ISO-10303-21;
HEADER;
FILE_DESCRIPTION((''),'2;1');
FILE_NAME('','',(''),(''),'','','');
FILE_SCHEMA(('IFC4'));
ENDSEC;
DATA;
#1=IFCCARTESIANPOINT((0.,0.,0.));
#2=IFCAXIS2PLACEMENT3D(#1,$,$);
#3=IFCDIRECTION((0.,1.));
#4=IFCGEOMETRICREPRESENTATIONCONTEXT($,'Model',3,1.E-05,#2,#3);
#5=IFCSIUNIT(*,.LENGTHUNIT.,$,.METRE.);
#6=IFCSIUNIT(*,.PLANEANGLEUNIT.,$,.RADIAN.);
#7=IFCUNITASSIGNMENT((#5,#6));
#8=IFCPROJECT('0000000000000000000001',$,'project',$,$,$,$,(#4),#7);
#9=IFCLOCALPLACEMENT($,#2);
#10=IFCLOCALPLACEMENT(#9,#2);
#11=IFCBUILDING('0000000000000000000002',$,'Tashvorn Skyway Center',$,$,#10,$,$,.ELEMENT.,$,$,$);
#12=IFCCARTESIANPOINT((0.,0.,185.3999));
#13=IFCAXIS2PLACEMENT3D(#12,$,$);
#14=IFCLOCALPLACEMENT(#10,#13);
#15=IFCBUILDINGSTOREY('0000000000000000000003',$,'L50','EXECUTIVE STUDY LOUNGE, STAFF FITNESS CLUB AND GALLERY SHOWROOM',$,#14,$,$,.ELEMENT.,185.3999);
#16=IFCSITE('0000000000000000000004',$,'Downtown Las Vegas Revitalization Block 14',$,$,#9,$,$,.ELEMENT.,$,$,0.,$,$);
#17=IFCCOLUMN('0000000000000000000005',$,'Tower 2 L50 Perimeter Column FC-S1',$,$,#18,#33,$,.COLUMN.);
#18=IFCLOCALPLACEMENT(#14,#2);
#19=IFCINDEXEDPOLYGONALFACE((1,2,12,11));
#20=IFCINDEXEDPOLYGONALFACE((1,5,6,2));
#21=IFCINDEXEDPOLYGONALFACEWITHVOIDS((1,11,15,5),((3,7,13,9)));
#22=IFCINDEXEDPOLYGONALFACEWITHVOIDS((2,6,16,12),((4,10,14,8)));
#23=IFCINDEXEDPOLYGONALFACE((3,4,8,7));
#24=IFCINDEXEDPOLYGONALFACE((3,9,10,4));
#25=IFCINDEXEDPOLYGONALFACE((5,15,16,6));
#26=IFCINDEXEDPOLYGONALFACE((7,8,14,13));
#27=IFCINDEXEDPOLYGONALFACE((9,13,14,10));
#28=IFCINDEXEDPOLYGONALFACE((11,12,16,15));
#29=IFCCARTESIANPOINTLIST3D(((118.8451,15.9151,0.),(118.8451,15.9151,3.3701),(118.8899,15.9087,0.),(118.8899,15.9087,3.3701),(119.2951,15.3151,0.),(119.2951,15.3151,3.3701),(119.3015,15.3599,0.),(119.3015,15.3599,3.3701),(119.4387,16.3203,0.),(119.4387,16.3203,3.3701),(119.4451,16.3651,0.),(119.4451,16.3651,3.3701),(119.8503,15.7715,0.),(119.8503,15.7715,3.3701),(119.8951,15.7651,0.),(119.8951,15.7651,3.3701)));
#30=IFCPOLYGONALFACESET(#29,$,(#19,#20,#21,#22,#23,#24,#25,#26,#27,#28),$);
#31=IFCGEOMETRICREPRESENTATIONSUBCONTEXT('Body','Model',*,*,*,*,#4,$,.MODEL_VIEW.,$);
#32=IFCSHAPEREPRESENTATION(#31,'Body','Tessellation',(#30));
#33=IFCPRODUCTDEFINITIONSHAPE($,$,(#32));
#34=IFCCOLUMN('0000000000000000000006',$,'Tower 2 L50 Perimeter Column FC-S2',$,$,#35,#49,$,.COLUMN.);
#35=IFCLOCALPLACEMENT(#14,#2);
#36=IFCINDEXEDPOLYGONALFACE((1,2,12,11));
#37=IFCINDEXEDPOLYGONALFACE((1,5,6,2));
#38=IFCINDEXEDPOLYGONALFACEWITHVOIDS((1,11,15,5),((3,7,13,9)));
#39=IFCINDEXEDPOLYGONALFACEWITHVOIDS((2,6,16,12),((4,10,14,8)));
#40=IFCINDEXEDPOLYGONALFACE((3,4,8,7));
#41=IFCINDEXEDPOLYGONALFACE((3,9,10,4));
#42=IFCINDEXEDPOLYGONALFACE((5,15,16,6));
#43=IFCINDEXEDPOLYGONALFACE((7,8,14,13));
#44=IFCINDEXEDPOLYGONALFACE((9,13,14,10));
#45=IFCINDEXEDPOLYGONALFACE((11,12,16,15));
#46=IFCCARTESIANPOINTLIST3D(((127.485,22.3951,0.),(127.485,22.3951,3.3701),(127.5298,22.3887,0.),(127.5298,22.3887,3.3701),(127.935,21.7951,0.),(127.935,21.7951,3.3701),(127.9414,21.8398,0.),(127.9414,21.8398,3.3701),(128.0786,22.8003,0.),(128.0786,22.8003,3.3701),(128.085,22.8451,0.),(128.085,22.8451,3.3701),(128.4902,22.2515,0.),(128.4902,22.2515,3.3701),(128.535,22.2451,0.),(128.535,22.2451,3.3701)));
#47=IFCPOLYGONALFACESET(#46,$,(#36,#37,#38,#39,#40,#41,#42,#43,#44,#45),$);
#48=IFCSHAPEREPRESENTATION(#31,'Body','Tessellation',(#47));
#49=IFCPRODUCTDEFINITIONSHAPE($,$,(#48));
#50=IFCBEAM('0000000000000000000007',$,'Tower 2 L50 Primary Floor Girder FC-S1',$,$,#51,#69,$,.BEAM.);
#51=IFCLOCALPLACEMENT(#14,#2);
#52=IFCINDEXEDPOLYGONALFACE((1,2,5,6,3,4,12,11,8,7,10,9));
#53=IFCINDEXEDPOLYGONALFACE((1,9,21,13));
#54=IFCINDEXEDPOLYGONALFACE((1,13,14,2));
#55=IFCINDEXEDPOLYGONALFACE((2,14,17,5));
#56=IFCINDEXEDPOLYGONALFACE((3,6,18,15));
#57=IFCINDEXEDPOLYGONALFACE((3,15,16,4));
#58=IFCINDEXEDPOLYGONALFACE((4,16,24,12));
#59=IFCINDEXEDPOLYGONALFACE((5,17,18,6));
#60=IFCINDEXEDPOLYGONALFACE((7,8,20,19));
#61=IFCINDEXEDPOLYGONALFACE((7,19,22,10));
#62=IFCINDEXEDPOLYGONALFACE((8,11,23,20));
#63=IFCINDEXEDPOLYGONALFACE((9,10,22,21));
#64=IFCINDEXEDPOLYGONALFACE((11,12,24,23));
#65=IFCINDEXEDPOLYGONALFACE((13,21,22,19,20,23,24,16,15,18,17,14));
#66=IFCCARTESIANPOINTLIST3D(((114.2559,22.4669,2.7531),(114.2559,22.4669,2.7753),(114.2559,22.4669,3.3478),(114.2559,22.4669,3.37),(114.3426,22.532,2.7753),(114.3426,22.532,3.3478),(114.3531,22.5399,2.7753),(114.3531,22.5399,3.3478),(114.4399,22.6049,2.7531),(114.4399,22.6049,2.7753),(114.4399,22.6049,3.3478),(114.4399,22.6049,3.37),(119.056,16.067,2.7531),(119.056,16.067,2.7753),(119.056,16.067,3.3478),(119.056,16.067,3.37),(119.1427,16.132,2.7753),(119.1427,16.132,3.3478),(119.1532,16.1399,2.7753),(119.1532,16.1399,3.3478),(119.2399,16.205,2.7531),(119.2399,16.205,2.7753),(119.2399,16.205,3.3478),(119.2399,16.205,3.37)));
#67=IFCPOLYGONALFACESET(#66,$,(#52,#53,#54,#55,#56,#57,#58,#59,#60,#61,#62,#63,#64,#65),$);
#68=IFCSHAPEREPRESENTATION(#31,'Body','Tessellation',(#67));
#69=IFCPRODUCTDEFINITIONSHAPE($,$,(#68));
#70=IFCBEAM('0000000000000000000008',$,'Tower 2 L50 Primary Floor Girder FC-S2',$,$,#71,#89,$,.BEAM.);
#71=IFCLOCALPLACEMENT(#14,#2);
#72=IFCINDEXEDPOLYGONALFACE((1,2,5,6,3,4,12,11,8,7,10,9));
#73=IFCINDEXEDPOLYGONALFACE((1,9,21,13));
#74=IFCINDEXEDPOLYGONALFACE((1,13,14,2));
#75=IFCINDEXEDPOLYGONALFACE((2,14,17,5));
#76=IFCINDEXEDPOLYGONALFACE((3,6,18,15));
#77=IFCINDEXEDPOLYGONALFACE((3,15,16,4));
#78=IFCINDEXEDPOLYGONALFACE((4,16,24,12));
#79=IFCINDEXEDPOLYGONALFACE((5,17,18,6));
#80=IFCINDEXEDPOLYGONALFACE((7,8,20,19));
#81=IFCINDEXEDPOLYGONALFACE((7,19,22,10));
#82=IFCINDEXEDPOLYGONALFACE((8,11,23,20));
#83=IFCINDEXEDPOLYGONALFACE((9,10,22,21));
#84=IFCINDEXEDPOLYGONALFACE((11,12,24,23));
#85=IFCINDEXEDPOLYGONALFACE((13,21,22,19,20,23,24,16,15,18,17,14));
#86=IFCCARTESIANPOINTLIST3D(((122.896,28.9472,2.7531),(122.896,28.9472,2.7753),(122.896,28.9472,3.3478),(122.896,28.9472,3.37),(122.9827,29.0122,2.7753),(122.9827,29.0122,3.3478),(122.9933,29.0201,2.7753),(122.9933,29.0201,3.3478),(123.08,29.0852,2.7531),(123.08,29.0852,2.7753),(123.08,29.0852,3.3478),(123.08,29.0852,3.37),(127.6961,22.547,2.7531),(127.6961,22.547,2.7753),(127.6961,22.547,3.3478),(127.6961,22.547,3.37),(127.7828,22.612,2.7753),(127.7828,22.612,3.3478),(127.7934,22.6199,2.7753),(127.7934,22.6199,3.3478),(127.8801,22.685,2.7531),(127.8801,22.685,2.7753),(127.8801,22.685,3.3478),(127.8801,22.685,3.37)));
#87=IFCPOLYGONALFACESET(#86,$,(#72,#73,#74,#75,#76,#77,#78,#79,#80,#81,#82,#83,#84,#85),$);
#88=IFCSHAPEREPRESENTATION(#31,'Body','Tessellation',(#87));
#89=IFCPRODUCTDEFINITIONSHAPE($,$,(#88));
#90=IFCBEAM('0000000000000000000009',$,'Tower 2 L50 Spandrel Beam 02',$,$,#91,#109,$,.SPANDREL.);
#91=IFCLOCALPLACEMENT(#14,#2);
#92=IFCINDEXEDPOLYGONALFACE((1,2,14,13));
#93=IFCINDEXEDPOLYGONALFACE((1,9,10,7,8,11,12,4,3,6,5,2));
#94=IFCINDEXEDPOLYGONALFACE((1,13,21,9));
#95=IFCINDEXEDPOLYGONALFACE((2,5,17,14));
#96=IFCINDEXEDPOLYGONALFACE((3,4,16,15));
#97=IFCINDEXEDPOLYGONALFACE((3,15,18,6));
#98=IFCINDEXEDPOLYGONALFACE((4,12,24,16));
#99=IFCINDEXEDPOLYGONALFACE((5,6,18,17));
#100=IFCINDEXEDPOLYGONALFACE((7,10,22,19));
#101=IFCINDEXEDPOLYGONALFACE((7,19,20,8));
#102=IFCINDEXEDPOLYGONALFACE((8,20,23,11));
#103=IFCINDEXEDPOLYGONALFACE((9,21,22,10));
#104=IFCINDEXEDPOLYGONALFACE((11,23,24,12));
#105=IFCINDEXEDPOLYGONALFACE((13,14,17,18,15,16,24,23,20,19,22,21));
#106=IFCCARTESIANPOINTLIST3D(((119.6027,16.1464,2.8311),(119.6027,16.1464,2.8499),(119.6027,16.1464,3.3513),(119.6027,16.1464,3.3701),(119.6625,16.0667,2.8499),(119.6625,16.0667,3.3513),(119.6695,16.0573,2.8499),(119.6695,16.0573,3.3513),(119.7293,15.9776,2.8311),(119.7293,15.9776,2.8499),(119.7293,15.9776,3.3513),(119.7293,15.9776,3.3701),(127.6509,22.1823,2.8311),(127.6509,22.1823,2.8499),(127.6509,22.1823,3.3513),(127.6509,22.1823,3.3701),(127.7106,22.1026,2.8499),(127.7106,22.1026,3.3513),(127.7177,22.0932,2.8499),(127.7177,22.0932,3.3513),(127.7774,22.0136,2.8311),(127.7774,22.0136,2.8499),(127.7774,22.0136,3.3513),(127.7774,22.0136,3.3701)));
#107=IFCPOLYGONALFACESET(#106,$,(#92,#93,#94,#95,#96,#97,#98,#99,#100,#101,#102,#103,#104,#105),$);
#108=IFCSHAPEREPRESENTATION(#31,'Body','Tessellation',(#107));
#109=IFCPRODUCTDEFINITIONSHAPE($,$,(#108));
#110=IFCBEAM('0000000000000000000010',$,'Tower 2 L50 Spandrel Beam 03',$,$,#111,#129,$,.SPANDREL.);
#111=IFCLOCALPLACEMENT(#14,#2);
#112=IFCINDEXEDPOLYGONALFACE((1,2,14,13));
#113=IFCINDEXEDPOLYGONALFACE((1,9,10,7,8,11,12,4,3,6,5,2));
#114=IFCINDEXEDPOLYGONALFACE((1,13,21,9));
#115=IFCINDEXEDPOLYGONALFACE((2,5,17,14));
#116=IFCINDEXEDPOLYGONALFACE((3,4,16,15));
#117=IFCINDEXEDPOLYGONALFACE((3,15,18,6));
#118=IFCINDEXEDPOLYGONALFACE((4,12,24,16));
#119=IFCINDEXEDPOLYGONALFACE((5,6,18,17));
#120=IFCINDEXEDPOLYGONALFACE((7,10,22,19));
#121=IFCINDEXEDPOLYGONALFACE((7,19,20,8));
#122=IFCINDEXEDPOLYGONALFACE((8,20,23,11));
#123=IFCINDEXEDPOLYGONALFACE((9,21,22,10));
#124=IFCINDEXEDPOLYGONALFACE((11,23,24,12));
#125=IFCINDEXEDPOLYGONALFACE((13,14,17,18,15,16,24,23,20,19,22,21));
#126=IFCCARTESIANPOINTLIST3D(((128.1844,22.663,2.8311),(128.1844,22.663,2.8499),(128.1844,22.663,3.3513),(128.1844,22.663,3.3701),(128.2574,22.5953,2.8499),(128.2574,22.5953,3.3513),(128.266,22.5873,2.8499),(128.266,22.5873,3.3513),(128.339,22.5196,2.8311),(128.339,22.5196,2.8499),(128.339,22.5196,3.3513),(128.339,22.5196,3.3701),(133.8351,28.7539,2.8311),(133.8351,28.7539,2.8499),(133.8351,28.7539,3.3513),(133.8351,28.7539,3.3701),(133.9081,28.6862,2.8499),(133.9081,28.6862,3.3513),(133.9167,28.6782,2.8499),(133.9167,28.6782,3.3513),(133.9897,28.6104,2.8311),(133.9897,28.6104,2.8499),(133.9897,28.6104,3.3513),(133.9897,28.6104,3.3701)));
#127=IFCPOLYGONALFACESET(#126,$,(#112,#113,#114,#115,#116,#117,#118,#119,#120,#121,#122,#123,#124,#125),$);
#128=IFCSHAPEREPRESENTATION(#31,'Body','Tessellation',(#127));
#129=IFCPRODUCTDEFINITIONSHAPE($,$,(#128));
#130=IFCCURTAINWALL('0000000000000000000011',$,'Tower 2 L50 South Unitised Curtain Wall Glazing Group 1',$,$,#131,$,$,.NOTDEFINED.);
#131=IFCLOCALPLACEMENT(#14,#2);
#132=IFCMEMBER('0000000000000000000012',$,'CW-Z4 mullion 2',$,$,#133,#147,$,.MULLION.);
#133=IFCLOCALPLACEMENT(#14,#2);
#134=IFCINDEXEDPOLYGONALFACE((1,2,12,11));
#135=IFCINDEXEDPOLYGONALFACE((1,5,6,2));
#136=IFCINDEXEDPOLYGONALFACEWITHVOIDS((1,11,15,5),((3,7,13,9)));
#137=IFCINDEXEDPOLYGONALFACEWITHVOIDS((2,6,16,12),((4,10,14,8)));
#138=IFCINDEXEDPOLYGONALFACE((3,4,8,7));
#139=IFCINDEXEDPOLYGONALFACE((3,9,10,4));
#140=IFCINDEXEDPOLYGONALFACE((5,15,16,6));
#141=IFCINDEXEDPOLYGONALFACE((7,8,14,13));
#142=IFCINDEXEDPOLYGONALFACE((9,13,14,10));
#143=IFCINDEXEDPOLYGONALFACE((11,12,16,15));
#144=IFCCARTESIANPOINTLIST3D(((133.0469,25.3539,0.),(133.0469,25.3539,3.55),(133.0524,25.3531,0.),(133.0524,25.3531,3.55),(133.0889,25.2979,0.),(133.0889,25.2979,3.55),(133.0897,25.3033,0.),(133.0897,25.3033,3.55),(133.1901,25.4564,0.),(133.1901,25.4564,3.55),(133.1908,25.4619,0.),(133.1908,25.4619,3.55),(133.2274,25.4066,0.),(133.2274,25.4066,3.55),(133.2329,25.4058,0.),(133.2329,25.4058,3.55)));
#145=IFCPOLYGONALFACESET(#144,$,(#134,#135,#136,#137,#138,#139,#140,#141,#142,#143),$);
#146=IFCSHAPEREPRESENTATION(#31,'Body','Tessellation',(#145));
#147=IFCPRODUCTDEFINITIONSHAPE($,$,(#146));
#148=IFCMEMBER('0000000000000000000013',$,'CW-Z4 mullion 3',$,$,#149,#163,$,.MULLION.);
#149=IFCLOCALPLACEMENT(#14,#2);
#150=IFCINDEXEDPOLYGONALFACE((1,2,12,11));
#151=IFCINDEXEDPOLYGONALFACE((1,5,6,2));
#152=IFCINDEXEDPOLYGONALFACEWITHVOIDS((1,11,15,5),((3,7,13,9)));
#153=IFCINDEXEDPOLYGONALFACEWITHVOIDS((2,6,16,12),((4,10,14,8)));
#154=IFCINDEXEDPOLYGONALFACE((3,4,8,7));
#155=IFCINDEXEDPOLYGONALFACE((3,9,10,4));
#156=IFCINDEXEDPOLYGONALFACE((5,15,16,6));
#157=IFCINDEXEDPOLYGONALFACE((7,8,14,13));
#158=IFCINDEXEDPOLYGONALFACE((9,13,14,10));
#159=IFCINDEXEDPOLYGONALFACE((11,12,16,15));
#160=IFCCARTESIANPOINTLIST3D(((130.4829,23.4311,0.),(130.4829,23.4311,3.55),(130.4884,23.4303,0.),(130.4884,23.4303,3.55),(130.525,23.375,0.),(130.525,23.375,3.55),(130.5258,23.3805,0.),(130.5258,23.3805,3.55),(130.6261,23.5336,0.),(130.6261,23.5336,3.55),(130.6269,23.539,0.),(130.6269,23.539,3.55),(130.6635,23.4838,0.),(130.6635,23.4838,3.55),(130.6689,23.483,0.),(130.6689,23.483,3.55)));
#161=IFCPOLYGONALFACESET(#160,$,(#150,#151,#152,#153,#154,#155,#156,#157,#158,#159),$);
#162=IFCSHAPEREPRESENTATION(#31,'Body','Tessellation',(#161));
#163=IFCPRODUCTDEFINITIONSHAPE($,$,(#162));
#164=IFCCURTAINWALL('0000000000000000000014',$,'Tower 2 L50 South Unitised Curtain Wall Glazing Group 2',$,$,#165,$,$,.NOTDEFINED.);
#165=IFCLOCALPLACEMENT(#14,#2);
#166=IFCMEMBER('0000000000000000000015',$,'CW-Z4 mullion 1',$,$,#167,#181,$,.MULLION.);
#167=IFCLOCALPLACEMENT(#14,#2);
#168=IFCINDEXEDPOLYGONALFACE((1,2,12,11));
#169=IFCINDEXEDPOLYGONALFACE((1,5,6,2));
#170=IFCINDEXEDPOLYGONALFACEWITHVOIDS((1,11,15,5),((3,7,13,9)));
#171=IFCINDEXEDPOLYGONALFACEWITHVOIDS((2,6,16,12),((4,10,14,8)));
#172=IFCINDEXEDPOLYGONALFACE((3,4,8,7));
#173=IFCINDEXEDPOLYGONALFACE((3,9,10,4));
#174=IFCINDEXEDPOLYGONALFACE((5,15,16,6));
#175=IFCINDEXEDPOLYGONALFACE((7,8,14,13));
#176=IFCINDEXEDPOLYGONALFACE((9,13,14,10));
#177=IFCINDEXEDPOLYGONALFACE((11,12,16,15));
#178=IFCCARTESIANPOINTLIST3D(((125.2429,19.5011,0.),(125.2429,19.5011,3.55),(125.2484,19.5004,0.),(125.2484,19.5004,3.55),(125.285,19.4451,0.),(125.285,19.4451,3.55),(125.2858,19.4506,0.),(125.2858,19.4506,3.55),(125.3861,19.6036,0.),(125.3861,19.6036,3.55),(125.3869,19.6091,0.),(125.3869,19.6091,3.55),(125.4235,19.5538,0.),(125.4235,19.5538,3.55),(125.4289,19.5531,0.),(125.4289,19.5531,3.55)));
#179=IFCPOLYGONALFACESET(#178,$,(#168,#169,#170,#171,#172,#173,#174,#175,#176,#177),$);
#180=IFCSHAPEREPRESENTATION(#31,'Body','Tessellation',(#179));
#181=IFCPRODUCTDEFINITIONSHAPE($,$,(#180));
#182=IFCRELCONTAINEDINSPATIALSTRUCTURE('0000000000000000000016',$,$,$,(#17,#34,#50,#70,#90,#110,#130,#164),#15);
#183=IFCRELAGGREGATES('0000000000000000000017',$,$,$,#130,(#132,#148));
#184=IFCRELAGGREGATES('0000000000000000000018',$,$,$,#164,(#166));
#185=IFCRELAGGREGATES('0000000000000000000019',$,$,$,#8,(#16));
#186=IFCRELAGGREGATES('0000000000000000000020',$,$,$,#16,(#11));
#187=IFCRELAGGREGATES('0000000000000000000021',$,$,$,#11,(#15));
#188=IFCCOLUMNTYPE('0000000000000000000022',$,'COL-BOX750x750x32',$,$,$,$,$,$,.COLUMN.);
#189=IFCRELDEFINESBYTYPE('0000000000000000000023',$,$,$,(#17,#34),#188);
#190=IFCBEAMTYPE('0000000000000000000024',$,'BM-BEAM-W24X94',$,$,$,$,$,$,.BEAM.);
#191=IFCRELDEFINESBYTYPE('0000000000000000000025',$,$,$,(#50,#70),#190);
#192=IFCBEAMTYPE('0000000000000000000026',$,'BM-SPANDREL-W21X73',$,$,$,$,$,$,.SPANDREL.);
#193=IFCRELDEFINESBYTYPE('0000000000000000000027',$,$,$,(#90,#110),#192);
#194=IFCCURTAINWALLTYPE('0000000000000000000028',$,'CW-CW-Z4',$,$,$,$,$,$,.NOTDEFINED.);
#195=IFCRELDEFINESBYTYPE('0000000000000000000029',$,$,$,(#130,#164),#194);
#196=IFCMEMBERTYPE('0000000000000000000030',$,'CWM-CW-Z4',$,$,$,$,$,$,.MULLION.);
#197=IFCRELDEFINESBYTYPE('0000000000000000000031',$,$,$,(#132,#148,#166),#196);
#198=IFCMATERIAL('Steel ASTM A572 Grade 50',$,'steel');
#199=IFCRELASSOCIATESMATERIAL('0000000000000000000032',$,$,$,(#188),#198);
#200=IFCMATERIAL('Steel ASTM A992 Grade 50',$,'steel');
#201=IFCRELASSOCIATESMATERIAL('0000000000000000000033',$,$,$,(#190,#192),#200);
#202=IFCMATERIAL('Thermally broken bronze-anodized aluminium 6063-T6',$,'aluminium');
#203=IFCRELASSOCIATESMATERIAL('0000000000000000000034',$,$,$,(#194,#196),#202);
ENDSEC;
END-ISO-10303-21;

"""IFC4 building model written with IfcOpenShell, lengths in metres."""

from ifc_helpers import new_model, si_unit, direction, frame, origin, origin_2d, place, context, subcontext, project, spatial, hollow_rectangle, i_section, extrude, material, material_profile, profile_set, type_object, element, aggregate, save


model = new_model("IFC4")

# Units and contexts
model_context = context("Model", 3, precision=1e-05, world=origin(), true_north=direction((0.0, 1.0)))
body_context = subcontext(model_context, "Body", "Model", "MODEL_VIEW")
ifc_project = project(units=[si_unit("LENGTHUNIT", "METRE"), si_unit("PLANEANGLEUNIT", "RADIAN")], contexts=[model_context])

# Site, building, storey
site_placement = place(None, origin())
site = spatial("IfcSite", under=ifc_project, at=site_placement, Name="Downtown Las Vegas Revitalization Block 14", CompositionType="ELEMENT", RefElevation=0.0)
building_placement = place(site_placement, origin())
building = spatial("IfcBuilding", under=site, at=building_placement, Name="Tashvorn Skyway Center", CompositionType="ELEMENT")
storey_placement = place(building_placement, frame((0.0, 0.0, 185.3999)))
storey = spatial("IfcBuildingStorey", under=building, at=storey_placement, Name="L50", Description="EXECUTIVE STUDY LOUNGE, STAFF FITNESS CLUB AND GALLERY SHOWROOM", CompositionType="ELEMENT", Elevation=185.3999)

# Columns
ifc_material_1 = material(Name="Steel ASTM A572 Grade 50", Category="steel")
ifc_material_profile_1 = material_profile(ifc_material_1, hollow_rectangle(XDim=0.75, YDim=0.75, WallThickness=0.032, at=origin_2d()), Name="BOX750x750x32")
ifc_profile_set_1 = profile_set([ifc_material_profile_1], Name="Steel ASTM A572 Grade 50")
column_type = type_object("IfcColumnType", Name="COL-BOX750x750x32", PredefinedType="COLUMN", material=ifc_profile_set_1)
for number, where, z_axis, x_axis, name in (
    (1, (119.3701, 15.8401, 0.0), (0.0, 0.0, 1.0), (0.8, 0.6, 0.0), "Tower 2 L50 Perimeter Column FC-S1"),
    (2, (128.01, 22.3201, 0.0), (0.0, 0.0, 1.0), (0.8, 0.6, 0.0), "Tower 2 L50 Perimeter Column FC-S2"),
):
    element("IfcColumn", number, at=place(storey_placement, frame(where, z_axis=z_axis, x_axis=x_axis)), inside=storey, type_object=column_type, Name=name, PredefinedType="COLUMN", context=body_context, shape_type="SweptSolid", body=[
        extrude(hollow_rectangle(XDim=0.75, YDim=0.75, WallThickness=0.032, at=origin_2d()), origin(), (0.0, 0.0, 1.0), 3.3701),
    ])

# Beams
ifc_material_2 = material(Name="Steel ASTM A992 Grade 50", Category="steel")
ifc_material_profile_2 = material_profile(ifc_material_2, i_section(OverallWidth=0.23, OverallDepth=0.6169, WebThickness=0.0132, FlangeThickness=0.0222, at=origin_2d()), Name="W24X94")
ifc_profile_set_2 = profile_set([ifc_material_profile_2], Name="Steel ASTM A992 Grade 50")
beam_type_1 = type_object("IfcBeamType", Name="BM-BEAM-W24X94", PredefinedType="BEAM", material=ifc_profile_set_2)
beam_1_placement = place(storey_placement, frame((119.1479, 16.136, 3.0615), z_axis=(-0.60001, 0.799993, 0.0), x_axis=(-0.799993, -0.60001, 0.0)))
element("IfcBeam", 3, at=beam_1_placement, inside=storey, type_object=beam_type_1, Name="Tower 2 L50 Primary Floor Girder FC-S1", PredefinedType="BEAM", context=body_context, shape_type="SweptSolid", body=[
    extrude(i_section(OverallWidth=0.23, OverallDepth=0.6169, WebThickness=0.0132, FlangeThickness=0.0222, at=origin_2d()), origin(), (0.0, 0.0, 1.0), 8.0),
])
beam_2_placement = place(storey_placement, frame((127.7881, 22.616, 3.0615), z_axis=(-0.599995, 0.800004, 0.0), x_axis=(-0.800004, -0.599995, 0.0)))
element("IfcBeam", 4, at=beam_2_placement, inside=storey, type_object=beam_type_1, Name="Tower 2 L50 Primary Floor Girder FC-S2", PredefinedType="BEAM", context=body_context, shape_type="SweptSolid", body=[
    extrude(i_section(OverallWidth=0.23, OverallDepth=0.6169, WebThickness=0.0132, FlangeThickness=0.0222, at=origin_2d()), origin(), (0.0, 0.0, 1.0), 8.0002),
])
ifc_material_profile_3 = material_profile(ifc_material_2, i_section(OverallWidth=0.2109, OverallDepth=0.5391, WebThickness=0.0117, FlangeThickness=0.0188, at=origin_2d()), Name="W21X73")
ifc_profile_set_3 = profile_set([ifc_material_profile_3], Name="Steel ASTM A992 Grade 50")
beam_type_2 = type_object("IfcBeamType", Name="BM-SPANDREL-W21X73", PredefinedType="SPANDREL", material=ifc_profile_set_3)
beam_3_placement = place(storey_placement, frame((119.666, 16.062, 3.1006), z_axis=(0.800009, 0.599988, 0.0), x_axis=(-0.599988, 0.800009, 0.0)))
element("IfcBeam", 5, at=beam_3_placement, inside=storey, type_object=beam_type_2, Name="Tower 2 L50 Spandrel Beam 02", PredefinedType="SPANDREL", context=body_context, shape_type="SweptSolid", body=[
    extrude(i_section(OverallWidth=0.2109, OverallDepth=0.5391, WebThickness=0.0117, FlangeThickness=0.0188, at=origin_2d()), origin(), (0.0, 0.0, 1.0), 10.0601),
])
beam_4_placement = place(storey_placement, frame((128.2617, 22.5913, 3.1006), z_axis=(0.68012, 0.733101, 0.0), x_axis=(-0.733101, 0.68012, 0.0)))
element("IfcBeam", 6, at=beam_4_placement, inside=storey, type_object=beam_type_2, Name="Tower 2 L50 Spandrel Beam 03", PredefinedType="SPANDREL", context=body_context, shape_type="SweptSolid", body=[
    extrude(i_section(OverallWidth=0.2109, OverallDepth=0.5391, WebThickness=0.0117, FlangeThickness=0.0188, at=origin_2d()), origin(), (0.0, 0.0, 1.0), 8.3083),
])

# Curtain walls, members
ifc_material_3 = material(Name="Thermally broken bronze-anodized aluminium 6063-T6", Category="aluminium")
curtain_wall_type = type_object("IfcCurtainWallType", Name="CW-CW-Z4", PredefinedType="NOTDEFINED", material=ifc_material_3)
curtain_wall_1_placement = place(storey_placement, origin())
curtain_wall_1 = element("IfcCurtainWall", 7, at=curtain_wall_1_placement, inside=storey, type_object=curtain_wall_type, Name="Tower 2 L50 South Unitised Curtain Wall Glazing Group 1", PredefinedType="NOTDEFINED")
ifc_material_profile_4 = material_profile(ifc_material_3, hollow_rectangle(XDim=0.0701, YDim=0.1799, WallThickness=0.0039, at=origin_2d()), Name="ALU-MULL-70x180")
ifc_profile_set_4 = profile_set([ifc_material_profile_4], Name="Thermally broken bronze-anodized aluminium 6063-T6")
member_type_1 = type_object("IfcMemberType", Name="CWM-CW-Z4", PredefinedType="MULLION", material=ifc_profile_set_4)
member_1_placement = place(storey_placement, frame((133.1399, 25.3799, 0.0), z_axis=(0.0, 0.0, 1.0), x_axis=(0.6, -0.8, 0.0)))
member_1 = element("IfcMember", 8, at=member_1_placement, type_object=member_type_1, Name="CW-Z4 mullion 2", PredefinedType="MULLION", context=body_context, shape_type="SweptSolid", body=[
    extrude(hollow_rectangle(XDim=0.0701, YDim=0.1799, WallThickness=0.0039, at=origin_2d()), origin(), (0.0, 0.0, 1.0), 3.55),
])
member_2_placement = place(storey_placement, frame((130.5759, 23.457, 0.0), z_axis=(0.0, 0.0, 1.0), x_axis=(0.6, -0.8, 0.0)))
member_2 = element("IfcMember", 9, at=member_2_placement, type_object=member_type_1, Name="CW-Z4 mullion 3", PredefinedType="MULLION", context=body_context, shape_type="SweptSolid", body=[
    extrude(hollow_rectangle(XDim=0.0701, YDim=0.1799, WallThickness=0.0039, at=origin_2d()), origin(), (0.0, 0.0, 1.0), 3.55),
])
curtain_wall_2_placement = place(storey_placement, origin())
curtain_wall_2 = element("IfcCurtainWall", 10, at=curtain_wall_2_placement, inside=storey, type_object=curtain_wall_type, Name="Tower 2 L50 South Unitised Curtain Wall Glazing Group 2", PredefinedType="NOTDEFINED")
member_3_placement = place(storey_placement, frame((125.3359, 19.5271, 0.0), z_axis=(0.0, 0.0, 1.0), x_axis=(0.6, -0.8, 0.0)))
member_3 = element("IfcMember", 11, at=member_3_placement, type_object=member_type_1, Name="CW-Z4 mullion 1", PredefinedType="MULLION", context=body_context, shape_type="SweptSolid", body=[
    extrude(hollow_rectangle(XDim=0.0701, YDim=0.1799, WallThickness=0.0039, at=origin_2d()), origin(), (0.0, 0.0, 1.0), 3.55),
])

aggregate(curtain_wall_1, [member_1, member_2])
aggregate(curtain_wall_2, [member_3])

save(model, "model.ifc")
